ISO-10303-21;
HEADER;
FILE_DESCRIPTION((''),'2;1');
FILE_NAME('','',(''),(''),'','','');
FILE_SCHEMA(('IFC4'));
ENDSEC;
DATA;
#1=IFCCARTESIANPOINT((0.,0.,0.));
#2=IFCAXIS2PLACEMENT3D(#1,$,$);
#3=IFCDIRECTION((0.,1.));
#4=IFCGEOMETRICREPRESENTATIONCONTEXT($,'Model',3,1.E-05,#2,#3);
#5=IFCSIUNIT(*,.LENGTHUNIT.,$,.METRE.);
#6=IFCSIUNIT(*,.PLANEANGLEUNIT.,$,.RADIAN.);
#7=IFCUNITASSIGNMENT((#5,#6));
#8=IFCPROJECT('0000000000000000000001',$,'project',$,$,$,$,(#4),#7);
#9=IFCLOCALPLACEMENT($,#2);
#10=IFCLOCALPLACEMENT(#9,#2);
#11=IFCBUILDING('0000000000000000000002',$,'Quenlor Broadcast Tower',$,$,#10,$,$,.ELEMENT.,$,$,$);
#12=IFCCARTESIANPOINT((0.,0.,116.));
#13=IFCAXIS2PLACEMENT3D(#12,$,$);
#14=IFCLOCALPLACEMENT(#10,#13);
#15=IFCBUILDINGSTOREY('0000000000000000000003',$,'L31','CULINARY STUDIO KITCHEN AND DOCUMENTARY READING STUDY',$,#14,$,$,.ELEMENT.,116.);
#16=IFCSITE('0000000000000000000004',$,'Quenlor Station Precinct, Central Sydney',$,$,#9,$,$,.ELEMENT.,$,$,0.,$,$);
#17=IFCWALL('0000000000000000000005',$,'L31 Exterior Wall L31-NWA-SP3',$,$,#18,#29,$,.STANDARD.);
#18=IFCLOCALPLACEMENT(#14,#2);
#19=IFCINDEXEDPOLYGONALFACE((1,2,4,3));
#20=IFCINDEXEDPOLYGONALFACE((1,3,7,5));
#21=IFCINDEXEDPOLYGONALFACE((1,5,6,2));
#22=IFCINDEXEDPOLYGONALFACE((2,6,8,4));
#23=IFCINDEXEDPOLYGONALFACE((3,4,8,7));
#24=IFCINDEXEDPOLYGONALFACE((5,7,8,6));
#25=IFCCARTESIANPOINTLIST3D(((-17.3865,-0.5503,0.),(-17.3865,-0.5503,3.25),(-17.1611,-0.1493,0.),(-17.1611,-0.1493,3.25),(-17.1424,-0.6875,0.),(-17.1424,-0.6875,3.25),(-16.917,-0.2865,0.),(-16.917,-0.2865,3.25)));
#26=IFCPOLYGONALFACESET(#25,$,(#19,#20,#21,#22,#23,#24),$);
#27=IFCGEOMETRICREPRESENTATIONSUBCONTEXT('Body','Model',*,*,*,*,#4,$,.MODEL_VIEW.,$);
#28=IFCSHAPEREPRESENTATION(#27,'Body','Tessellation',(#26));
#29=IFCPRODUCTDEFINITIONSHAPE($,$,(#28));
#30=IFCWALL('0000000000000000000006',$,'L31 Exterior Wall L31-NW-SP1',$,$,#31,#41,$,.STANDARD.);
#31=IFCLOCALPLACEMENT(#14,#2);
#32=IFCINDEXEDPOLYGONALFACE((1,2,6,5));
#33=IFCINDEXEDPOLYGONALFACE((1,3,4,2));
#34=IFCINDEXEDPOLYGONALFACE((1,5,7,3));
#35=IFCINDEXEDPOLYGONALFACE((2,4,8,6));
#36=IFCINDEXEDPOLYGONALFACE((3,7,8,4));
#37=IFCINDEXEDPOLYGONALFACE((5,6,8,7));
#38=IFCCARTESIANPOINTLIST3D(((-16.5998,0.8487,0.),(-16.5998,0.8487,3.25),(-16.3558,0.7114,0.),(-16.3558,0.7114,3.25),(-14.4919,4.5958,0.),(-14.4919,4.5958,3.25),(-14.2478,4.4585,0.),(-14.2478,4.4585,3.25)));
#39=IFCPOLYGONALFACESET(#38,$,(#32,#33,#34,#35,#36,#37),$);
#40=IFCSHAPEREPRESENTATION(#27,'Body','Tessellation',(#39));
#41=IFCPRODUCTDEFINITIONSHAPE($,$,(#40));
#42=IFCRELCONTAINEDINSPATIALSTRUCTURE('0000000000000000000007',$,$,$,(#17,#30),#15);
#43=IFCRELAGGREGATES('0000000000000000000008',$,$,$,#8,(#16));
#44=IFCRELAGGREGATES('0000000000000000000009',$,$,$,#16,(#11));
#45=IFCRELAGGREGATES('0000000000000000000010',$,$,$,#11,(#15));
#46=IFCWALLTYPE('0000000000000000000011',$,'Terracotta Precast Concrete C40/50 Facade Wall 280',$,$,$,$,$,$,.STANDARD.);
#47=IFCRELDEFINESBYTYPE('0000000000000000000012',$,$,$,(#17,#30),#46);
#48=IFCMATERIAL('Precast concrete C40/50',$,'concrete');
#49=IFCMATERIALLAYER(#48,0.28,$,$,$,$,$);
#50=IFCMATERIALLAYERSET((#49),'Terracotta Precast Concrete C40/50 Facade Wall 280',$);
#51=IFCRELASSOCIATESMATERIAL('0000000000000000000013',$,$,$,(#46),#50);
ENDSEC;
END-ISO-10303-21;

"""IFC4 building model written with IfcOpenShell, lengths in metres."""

from ifc_helpers import new_model, si_unit, direction, frame, frame_2d, origin, place, context, subcontext, project, spatial, rectangle, extrude, material, layer, layer_set, type_object, element, save


model = new_model("IFC4")

# Units and contexts
model_context = context("Model", 3, precision=1e-05, world=origin(), true_north=direction((0.0, 1.0)))
body_context = subcontext(model_context, "Body", "Model", "MODEL_VIEW")
ifc_project = project(units=[si_unit("LENGTHUNIT", "METRE"), si_unit("PLANEANGLEUNIT", "RADIAN")], contexts=[model_context])

# Site, building, storey
site_placement = place(None, origin())
site = spatial("IfcSite", under=ifc_project, at=site_placement, Name="Quenlor Station Precinct, Central Sydney", CompositionType="ELEMENT", RefElevation=0.0)
building_placement = place(site_placement, origin())
building = spatial("IfcBuilding", under=site, at=building_placement, Name="Quenlor Broadcast Tower", CompositionType="ELEMENT")
storey_placement = place(building_placement, frame((0.0, 0.0, 116.0)))
storey = spatial("IfcBuildingStorey", under=building, at=storey_placement, Name="L31", Description="CULINARY STUDIO KITCHEN AND DOCUMENTARY READING STUDY", CompositionType="ELEMENT", Elevation=116.0)

# Walls
ifc_material_1 = material(Name="Precast concrete C40/50", Category="concrete")
ifc_layer_1 = layer(ifc_material_1, 0.28)
ifc_layer_set_1 = layer_set([ifc_layer_1], Name="Terracotta Precast Concrete C40/50 Facade Wall 280")
wall_type_1 = type_object("IfcWallType", Name="Terracotta Precast Concrete C40/50 Facade Wall 280", PredefinedType="STANDARD", material=ifc_layer_set_1)
wall_1_placement = place(storey_placement, frame((-17.2644, -0.6189, 0.0), z_axis=(0.0, 0.0, 1.0), x_axis=(0.490009, 0.871717, 0.0)))
element("IfcWall", 1, at=wall_1_placement, inside=storey, type_object=wall_type_1, Name="L31 Exterior Wall L31-NWA-SP3", PredefinedType="STANDARD", context=body_context, shape_type="SweptSolid", body=[
    extrude(rectangle(XDim=0.46, YDim=0.28, at=frame_2d((0.23, 0.0))), origin(), (0.0, 0.0, 1.0), 3.25),
])
wall_2_placement = place(storey_placement, frame((-16.4778, 0.78, 0.0), z_axis=(0.0, 0.0, 1.0), x_axis=(0.490294, 0.871557, 0.0)))
element("IfcWall", 2, at=wall_2_placement, inside=storey, type_object=wall_type_1, Name="L31 Exterior Wall L31-NW-SP1", PredefinedType="STANDARD", context=body_context, shape_type="SweptSolid", body=[
    extrude(rectangle(XDim=4.2993, YDim=0.28, at=frame_2d((2.1497, 0.0))), origin(), (0.0, 0.0, 1.0), 3.25),
])

save(model, "model.ifc")
